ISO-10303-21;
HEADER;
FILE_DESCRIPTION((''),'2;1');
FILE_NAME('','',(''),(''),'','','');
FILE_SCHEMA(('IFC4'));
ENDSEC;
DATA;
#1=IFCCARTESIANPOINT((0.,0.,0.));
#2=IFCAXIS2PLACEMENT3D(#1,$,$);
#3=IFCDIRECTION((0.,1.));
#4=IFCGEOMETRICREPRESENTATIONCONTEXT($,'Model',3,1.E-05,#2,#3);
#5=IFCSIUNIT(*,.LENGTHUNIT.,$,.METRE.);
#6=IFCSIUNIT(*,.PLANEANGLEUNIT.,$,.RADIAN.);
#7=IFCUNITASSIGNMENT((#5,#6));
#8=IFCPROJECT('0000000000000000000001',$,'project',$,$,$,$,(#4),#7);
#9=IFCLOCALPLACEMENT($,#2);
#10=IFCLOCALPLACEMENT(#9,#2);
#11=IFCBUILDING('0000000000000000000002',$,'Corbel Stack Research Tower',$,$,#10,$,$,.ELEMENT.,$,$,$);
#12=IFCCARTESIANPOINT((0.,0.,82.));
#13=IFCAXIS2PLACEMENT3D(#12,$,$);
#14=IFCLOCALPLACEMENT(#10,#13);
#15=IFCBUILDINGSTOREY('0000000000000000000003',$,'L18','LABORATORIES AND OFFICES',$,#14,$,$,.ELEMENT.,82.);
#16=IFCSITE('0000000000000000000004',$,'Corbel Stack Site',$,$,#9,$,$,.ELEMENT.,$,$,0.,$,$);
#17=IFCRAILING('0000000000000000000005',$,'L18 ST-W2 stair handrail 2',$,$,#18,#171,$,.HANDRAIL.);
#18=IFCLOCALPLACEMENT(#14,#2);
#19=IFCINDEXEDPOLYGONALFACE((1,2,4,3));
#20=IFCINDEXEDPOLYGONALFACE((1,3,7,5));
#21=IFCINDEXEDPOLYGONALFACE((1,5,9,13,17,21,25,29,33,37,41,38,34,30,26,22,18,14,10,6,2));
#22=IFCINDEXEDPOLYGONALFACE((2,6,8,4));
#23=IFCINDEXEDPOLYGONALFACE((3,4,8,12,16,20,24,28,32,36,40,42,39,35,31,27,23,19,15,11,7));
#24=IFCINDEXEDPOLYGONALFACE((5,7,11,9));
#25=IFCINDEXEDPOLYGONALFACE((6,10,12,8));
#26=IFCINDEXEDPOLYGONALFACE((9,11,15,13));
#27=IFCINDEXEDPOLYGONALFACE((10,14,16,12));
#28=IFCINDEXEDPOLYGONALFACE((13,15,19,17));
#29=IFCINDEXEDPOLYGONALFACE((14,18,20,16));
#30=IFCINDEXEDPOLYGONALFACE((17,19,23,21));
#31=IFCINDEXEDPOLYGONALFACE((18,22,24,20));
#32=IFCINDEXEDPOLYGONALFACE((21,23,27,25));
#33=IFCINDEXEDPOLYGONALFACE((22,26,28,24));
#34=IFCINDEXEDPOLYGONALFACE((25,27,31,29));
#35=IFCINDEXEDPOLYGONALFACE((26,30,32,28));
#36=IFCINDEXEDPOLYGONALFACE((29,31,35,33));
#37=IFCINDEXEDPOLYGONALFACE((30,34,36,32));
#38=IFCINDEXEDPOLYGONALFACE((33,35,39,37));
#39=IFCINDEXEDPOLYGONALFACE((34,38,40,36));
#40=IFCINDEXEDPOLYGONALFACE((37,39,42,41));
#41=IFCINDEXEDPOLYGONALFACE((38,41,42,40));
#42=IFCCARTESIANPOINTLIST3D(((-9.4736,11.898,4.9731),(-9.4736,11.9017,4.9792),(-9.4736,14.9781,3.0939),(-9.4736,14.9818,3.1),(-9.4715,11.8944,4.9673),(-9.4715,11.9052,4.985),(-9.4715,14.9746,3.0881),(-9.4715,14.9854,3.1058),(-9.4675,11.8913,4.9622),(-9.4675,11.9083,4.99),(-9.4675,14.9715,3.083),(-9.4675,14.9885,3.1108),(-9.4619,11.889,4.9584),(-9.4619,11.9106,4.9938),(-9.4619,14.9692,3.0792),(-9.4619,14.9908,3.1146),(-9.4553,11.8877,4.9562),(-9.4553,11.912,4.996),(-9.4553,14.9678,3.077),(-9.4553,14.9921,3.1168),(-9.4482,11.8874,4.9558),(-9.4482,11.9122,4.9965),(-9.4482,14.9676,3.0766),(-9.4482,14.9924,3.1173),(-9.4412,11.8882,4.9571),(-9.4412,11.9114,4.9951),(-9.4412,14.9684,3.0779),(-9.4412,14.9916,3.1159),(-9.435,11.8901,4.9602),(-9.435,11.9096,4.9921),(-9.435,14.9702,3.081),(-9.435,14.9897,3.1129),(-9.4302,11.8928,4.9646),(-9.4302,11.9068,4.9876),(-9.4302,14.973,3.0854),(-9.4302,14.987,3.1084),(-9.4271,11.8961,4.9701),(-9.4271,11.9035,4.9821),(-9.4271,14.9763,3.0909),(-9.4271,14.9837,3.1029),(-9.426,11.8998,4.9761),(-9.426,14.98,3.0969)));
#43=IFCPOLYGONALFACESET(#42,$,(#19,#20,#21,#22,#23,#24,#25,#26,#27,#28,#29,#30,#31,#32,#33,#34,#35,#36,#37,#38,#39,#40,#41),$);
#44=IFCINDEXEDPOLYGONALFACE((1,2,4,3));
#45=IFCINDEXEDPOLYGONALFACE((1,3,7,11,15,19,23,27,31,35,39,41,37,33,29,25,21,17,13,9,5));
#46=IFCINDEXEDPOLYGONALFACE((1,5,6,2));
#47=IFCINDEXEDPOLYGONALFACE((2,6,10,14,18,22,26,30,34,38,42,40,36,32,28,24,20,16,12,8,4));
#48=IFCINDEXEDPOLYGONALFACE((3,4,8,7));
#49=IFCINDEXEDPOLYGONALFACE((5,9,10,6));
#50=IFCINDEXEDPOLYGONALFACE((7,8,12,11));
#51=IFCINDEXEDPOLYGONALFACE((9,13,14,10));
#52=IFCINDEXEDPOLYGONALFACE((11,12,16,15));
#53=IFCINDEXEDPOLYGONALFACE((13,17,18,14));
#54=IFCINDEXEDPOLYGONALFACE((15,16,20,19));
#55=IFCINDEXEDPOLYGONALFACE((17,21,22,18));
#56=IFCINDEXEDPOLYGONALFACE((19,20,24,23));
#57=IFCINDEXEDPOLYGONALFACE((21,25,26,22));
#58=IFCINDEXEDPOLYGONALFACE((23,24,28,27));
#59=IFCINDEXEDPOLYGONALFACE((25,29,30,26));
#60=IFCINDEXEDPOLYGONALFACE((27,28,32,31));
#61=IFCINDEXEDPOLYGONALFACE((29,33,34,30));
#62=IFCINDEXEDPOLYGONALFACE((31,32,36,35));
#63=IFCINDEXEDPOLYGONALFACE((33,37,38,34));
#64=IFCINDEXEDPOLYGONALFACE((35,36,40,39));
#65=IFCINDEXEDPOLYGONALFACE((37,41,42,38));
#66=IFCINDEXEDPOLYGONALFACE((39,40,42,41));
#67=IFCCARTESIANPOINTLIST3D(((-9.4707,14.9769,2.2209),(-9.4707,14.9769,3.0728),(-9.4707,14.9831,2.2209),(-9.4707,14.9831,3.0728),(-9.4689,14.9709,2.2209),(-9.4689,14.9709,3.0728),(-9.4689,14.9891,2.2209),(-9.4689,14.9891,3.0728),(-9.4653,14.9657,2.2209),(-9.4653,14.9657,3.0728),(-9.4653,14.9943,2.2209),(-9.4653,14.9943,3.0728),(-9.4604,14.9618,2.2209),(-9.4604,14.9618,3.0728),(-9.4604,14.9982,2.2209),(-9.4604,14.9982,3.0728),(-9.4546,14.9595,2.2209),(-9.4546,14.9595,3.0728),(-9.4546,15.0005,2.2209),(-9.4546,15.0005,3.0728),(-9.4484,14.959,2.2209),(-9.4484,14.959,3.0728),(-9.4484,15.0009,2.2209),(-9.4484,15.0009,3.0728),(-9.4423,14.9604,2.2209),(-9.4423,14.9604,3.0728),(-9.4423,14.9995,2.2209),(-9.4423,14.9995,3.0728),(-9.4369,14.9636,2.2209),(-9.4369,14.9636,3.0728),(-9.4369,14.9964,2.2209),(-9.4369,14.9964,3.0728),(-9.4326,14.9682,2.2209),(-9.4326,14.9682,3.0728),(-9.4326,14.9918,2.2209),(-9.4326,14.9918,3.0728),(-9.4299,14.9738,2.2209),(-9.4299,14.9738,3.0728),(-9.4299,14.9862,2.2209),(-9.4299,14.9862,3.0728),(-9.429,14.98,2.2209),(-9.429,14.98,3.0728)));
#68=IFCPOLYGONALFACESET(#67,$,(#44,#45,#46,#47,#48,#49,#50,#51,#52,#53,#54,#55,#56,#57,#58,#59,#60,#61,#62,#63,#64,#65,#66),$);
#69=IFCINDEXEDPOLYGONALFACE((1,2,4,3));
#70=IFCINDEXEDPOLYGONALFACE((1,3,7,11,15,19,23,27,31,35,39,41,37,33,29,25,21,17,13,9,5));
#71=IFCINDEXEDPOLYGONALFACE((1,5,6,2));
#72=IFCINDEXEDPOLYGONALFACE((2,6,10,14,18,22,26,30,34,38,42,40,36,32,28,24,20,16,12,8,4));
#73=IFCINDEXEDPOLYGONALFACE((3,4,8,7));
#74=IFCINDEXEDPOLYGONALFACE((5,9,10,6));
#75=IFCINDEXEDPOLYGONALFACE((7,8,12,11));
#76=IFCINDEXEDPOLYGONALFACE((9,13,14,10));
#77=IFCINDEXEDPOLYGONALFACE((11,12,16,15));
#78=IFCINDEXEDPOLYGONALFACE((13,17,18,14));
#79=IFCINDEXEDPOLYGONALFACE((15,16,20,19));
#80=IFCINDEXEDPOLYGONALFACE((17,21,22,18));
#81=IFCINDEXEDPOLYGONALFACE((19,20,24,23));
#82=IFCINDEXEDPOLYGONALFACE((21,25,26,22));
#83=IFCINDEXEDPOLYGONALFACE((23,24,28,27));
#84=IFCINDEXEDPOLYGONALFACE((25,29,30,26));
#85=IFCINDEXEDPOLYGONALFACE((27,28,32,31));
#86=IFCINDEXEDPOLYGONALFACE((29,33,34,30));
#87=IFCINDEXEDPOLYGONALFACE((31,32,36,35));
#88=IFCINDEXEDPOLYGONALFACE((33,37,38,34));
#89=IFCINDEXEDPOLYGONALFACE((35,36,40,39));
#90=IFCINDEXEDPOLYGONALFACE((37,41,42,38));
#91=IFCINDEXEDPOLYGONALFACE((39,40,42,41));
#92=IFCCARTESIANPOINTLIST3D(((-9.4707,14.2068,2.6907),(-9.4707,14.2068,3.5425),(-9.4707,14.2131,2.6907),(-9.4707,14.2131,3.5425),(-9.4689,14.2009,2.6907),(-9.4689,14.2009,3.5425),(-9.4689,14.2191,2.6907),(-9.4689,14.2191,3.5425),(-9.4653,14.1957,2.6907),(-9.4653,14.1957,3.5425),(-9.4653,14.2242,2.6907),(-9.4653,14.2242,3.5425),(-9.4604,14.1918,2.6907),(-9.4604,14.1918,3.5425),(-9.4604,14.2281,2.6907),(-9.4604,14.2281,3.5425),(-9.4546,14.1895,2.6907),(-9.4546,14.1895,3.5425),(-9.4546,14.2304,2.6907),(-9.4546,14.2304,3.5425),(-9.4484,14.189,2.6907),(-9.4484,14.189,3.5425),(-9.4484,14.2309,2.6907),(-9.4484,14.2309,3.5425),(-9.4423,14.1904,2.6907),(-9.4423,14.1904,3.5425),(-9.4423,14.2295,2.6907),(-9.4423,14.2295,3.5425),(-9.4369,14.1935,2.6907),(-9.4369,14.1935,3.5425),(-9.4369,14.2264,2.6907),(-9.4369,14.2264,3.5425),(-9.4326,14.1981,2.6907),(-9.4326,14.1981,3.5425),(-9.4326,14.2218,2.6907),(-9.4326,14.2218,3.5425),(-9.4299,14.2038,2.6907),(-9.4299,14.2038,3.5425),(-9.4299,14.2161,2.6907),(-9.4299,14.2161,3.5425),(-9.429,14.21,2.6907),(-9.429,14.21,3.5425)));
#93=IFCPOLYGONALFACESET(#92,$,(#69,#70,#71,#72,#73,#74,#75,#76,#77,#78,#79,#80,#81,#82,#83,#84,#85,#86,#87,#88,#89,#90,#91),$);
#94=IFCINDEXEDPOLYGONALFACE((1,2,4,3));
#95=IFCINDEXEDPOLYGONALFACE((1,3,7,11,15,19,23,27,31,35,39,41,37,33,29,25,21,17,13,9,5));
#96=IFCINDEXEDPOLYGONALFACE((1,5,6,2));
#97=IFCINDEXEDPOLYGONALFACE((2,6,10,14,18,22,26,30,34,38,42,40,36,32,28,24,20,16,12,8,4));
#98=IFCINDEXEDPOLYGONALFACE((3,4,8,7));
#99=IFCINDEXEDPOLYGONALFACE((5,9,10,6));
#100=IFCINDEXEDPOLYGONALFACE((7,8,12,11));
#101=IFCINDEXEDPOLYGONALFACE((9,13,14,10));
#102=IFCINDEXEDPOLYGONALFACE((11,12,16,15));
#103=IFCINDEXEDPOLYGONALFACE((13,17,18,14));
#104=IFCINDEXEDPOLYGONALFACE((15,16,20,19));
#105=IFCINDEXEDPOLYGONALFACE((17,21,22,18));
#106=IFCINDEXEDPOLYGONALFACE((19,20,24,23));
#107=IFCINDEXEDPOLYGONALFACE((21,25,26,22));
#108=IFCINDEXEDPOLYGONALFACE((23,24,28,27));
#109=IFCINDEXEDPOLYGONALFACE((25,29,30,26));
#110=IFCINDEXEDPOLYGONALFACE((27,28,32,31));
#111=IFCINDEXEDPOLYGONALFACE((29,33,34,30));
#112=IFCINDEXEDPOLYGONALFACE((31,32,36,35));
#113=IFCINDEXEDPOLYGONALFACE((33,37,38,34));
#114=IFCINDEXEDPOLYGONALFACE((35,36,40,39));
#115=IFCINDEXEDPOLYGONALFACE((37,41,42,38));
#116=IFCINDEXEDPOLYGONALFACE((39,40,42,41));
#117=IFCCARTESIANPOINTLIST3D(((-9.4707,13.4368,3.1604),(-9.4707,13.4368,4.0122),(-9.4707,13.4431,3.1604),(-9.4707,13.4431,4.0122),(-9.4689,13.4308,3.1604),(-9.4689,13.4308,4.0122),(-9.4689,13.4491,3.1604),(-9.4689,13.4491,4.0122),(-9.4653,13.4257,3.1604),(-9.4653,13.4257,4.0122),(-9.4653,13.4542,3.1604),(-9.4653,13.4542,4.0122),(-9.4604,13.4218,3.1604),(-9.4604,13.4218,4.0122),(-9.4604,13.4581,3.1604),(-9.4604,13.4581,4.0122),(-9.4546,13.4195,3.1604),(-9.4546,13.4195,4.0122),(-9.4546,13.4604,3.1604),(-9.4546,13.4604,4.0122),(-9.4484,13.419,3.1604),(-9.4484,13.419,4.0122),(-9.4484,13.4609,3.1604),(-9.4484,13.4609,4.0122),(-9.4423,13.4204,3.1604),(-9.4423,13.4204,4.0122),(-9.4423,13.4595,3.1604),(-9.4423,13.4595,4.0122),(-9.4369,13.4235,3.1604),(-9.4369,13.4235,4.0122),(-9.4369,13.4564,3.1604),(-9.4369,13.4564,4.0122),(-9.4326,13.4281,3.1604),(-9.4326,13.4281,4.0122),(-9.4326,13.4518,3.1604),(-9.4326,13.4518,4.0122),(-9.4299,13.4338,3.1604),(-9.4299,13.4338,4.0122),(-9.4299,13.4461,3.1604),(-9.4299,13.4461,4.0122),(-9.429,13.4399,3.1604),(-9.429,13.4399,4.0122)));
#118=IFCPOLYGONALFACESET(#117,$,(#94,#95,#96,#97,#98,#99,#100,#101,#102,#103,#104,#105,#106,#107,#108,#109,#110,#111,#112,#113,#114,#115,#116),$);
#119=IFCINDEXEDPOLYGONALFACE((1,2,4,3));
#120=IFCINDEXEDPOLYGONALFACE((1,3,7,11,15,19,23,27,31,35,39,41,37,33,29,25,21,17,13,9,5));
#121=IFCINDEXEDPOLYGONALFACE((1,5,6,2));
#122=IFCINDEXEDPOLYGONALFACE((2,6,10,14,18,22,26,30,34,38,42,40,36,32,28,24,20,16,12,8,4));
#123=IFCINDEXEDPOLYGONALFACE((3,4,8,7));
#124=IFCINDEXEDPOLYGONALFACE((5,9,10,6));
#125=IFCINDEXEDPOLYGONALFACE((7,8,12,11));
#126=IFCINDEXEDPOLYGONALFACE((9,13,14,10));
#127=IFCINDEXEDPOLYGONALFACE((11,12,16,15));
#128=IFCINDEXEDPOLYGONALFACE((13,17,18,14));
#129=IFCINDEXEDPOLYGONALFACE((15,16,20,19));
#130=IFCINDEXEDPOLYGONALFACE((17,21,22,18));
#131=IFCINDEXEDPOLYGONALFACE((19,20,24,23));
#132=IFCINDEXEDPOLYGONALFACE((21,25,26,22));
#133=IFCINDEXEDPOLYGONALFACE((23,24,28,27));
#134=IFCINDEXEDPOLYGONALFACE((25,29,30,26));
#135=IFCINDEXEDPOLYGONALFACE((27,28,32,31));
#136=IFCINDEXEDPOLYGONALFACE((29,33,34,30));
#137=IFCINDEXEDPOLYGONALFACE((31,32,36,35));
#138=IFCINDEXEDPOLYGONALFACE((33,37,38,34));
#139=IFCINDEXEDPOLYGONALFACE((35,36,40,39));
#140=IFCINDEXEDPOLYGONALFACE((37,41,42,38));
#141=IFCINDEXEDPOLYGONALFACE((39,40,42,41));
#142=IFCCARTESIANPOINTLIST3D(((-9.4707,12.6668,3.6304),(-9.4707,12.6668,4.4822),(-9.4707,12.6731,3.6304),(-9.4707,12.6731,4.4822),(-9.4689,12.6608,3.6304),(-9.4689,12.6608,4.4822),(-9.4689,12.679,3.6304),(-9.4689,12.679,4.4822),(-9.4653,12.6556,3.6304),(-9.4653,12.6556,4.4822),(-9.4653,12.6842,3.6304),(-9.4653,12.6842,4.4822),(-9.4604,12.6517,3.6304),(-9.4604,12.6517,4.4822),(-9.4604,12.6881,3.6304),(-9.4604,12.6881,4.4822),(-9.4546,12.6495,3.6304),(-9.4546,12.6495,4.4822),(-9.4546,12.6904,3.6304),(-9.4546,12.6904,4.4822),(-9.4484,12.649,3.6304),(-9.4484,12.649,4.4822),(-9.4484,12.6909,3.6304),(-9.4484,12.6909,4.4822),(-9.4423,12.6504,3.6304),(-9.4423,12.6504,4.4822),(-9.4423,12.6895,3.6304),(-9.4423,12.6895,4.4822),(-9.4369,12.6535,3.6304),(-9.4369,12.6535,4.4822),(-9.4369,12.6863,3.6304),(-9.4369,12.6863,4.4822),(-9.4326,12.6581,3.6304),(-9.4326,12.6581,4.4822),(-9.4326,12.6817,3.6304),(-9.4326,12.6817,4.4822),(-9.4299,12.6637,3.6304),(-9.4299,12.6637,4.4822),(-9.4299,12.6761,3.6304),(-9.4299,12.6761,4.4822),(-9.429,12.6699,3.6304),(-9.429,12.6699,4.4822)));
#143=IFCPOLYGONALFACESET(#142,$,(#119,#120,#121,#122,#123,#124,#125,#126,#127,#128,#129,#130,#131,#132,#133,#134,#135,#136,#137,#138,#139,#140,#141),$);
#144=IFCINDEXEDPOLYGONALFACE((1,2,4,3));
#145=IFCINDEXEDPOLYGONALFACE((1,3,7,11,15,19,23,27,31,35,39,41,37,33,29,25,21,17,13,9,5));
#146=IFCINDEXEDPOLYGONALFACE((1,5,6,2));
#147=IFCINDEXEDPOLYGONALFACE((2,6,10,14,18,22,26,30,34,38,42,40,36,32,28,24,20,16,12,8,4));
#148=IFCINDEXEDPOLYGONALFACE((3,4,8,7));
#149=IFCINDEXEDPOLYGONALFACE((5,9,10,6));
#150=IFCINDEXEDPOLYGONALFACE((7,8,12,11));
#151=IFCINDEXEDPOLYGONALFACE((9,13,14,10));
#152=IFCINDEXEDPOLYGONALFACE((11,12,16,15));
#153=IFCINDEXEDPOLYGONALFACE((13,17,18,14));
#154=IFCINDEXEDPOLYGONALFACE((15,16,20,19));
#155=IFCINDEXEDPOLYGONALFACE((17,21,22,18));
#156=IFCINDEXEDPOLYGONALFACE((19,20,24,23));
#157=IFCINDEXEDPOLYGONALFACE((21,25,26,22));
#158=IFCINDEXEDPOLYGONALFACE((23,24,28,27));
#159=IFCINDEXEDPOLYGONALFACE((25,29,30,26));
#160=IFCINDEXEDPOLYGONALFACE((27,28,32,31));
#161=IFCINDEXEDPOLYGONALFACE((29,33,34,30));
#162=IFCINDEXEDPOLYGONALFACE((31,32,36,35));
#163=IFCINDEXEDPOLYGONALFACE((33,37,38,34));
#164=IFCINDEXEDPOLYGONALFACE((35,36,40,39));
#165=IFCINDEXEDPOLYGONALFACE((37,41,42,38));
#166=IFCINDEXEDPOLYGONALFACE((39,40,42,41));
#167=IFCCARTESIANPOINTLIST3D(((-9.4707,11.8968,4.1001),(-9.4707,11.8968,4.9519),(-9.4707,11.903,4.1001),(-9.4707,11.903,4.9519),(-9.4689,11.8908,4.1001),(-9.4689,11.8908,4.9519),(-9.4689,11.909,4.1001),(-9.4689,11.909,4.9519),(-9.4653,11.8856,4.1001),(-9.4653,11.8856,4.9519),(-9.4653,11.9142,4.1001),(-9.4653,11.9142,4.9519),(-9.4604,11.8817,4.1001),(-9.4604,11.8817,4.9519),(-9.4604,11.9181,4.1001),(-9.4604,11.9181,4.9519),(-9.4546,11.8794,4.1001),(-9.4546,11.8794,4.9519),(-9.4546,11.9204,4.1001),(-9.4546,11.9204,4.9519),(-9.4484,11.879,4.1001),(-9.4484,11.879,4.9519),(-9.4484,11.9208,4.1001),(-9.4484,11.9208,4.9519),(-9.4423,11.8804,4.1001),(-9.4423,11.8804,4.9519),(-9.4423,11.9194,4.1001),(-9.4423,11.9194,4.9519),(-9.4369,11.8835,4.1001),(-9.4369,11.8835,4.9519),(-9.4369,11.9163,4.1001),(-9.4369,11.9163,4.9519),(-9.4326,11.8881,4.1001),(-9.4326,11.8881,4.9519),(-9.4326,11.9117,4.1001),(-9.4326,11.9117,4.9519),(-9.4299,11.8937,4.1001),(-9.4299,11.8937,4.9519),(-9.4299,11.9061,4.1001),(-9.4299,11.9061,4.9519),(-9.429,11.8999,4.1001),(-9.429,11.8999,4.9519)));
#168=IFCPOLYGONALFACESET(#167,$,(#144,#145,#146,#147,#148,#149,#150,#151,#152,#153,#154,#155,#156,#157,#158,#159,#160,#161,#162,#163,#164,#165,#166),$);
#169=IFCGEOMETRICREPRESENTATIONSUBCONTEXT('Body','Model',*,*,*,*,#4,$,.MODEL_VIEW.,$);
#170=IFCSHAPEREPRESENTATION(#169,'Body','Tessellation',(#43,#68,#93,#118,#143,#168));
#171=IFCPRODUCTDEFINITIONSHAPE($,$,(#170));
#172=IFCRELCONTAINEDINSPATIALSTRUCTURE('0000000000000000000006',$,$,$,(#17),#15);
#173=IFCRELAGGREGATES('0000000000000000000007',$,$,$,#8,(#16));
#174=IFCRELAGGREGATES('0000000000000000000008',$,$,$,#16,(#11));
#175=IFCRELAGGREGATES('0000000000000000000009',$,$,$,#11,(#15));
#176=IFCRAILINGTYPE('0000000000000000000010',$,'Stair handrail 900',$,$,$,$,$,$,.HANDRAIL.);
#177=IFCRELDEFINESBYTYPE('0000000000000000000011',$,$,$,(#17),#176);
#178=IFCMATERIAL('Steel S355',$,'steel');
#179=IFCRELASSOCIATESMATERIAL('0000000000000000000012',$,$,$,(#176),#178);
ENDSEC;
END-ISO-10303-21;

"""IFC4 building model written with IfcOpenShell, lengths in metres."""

from ifc_helpers import new_model, si_unit, direction, frame, origin, origin_2d, place, context, subcontext, project, spatial, circle, extrude, material, type_object, element, save


model = new_model("IFC4")

# Units and contexts
model_context = context("Model", 3, precision=1e-05, world=origin(), true_north=direction((0.0, 1.0)))
body_context = subcontext(model_context, "Body", "Model", "MODEL_VIEW")
ifc_project = project(units=[si_unit("LENGTHUNIT", "METRE"), si_unit("PLANEANGLEUNIT", "RADIAN")], contexts=[model_context])

# Site, building, storey
site_placement = place(None, origin())
site = spatial("IfcSite", under=ifc_project, at=site_placement, Name="Corbel Stack Site", CompositionType="ELEMENT", RefElevation=0.0)
building_placement = place(site_placement, origin())
building = spatial("IfcBuilding", under=site, at=building_placement, Name="Corbel Stack Research Tower", CompositionType="ELEMENT")
storey_placement = place(building_placement, frame((0.0, 0.0, 82.0)))
storey = spatial("IfcBuildingStorey", under=building, at=storey_placement, Name="L18", Description="LABORATORIES AND OFFICES", CompositionType="ELEMENT", Elevation=82.0)

# Railing
ifc_material_1 = material(Name="Steel S355", Category="steel")
railing_type_1 = type_object("IfcRailingType", Name="Stair handrail 900", PredefinedType="HANDRAIL", material=ifc_material_1)
railing_1_placement = place(storey_placement, frame((-9.45, 14.98, 2.2209)))
element("IfcRailing", 1, at=railing_1_placement, inside=storey, type_object=railing_type_1, Name="L18 ST-W2 stair handrail 2", PredefinedType="HANDRAIL", context=body_context, shape_type="SweptSolid", body=[
    extrude(circle(Radius=0.0239, at=origin_2d()), frame((0.0, 0.0, 0.876), z_axis=(0.0, -0.853666, 0.52082), x_axis=(1.0, 0.0, 0.0)), (0.0, 0.0, 1.0), 3.6082),
    extrude(circle(Radius=0.021, at=origin_2d()), origin(), (0.0, 0.0, 1.0), 0.8518),
    extrude(circle(Radius=0.021, at=origin_2d()), frame((0.0, -0.77, 0.4697)), (0.0, 0.0, 1.0), 0.8518),
    extrude(circle(Radius=0.021, at=origin_2d()), frame((0.0, -1.54, 0.9395)), (0.0, 0.0, 1.0), 0.8518),
    extrude(circle(Radius=0.021, at=origin_2d()), frame((0.0, -2.3101, 1.4094)), (0.0, 0.0, 1.0), 0.8518),
    extrude(circle(Radius=0.021, at=origin_2d()), frame((0.0, -3.0801, 1.8792)), (0.0, 0.0, 1.0), 0.8518),
])

save(model, "model.ifc")
